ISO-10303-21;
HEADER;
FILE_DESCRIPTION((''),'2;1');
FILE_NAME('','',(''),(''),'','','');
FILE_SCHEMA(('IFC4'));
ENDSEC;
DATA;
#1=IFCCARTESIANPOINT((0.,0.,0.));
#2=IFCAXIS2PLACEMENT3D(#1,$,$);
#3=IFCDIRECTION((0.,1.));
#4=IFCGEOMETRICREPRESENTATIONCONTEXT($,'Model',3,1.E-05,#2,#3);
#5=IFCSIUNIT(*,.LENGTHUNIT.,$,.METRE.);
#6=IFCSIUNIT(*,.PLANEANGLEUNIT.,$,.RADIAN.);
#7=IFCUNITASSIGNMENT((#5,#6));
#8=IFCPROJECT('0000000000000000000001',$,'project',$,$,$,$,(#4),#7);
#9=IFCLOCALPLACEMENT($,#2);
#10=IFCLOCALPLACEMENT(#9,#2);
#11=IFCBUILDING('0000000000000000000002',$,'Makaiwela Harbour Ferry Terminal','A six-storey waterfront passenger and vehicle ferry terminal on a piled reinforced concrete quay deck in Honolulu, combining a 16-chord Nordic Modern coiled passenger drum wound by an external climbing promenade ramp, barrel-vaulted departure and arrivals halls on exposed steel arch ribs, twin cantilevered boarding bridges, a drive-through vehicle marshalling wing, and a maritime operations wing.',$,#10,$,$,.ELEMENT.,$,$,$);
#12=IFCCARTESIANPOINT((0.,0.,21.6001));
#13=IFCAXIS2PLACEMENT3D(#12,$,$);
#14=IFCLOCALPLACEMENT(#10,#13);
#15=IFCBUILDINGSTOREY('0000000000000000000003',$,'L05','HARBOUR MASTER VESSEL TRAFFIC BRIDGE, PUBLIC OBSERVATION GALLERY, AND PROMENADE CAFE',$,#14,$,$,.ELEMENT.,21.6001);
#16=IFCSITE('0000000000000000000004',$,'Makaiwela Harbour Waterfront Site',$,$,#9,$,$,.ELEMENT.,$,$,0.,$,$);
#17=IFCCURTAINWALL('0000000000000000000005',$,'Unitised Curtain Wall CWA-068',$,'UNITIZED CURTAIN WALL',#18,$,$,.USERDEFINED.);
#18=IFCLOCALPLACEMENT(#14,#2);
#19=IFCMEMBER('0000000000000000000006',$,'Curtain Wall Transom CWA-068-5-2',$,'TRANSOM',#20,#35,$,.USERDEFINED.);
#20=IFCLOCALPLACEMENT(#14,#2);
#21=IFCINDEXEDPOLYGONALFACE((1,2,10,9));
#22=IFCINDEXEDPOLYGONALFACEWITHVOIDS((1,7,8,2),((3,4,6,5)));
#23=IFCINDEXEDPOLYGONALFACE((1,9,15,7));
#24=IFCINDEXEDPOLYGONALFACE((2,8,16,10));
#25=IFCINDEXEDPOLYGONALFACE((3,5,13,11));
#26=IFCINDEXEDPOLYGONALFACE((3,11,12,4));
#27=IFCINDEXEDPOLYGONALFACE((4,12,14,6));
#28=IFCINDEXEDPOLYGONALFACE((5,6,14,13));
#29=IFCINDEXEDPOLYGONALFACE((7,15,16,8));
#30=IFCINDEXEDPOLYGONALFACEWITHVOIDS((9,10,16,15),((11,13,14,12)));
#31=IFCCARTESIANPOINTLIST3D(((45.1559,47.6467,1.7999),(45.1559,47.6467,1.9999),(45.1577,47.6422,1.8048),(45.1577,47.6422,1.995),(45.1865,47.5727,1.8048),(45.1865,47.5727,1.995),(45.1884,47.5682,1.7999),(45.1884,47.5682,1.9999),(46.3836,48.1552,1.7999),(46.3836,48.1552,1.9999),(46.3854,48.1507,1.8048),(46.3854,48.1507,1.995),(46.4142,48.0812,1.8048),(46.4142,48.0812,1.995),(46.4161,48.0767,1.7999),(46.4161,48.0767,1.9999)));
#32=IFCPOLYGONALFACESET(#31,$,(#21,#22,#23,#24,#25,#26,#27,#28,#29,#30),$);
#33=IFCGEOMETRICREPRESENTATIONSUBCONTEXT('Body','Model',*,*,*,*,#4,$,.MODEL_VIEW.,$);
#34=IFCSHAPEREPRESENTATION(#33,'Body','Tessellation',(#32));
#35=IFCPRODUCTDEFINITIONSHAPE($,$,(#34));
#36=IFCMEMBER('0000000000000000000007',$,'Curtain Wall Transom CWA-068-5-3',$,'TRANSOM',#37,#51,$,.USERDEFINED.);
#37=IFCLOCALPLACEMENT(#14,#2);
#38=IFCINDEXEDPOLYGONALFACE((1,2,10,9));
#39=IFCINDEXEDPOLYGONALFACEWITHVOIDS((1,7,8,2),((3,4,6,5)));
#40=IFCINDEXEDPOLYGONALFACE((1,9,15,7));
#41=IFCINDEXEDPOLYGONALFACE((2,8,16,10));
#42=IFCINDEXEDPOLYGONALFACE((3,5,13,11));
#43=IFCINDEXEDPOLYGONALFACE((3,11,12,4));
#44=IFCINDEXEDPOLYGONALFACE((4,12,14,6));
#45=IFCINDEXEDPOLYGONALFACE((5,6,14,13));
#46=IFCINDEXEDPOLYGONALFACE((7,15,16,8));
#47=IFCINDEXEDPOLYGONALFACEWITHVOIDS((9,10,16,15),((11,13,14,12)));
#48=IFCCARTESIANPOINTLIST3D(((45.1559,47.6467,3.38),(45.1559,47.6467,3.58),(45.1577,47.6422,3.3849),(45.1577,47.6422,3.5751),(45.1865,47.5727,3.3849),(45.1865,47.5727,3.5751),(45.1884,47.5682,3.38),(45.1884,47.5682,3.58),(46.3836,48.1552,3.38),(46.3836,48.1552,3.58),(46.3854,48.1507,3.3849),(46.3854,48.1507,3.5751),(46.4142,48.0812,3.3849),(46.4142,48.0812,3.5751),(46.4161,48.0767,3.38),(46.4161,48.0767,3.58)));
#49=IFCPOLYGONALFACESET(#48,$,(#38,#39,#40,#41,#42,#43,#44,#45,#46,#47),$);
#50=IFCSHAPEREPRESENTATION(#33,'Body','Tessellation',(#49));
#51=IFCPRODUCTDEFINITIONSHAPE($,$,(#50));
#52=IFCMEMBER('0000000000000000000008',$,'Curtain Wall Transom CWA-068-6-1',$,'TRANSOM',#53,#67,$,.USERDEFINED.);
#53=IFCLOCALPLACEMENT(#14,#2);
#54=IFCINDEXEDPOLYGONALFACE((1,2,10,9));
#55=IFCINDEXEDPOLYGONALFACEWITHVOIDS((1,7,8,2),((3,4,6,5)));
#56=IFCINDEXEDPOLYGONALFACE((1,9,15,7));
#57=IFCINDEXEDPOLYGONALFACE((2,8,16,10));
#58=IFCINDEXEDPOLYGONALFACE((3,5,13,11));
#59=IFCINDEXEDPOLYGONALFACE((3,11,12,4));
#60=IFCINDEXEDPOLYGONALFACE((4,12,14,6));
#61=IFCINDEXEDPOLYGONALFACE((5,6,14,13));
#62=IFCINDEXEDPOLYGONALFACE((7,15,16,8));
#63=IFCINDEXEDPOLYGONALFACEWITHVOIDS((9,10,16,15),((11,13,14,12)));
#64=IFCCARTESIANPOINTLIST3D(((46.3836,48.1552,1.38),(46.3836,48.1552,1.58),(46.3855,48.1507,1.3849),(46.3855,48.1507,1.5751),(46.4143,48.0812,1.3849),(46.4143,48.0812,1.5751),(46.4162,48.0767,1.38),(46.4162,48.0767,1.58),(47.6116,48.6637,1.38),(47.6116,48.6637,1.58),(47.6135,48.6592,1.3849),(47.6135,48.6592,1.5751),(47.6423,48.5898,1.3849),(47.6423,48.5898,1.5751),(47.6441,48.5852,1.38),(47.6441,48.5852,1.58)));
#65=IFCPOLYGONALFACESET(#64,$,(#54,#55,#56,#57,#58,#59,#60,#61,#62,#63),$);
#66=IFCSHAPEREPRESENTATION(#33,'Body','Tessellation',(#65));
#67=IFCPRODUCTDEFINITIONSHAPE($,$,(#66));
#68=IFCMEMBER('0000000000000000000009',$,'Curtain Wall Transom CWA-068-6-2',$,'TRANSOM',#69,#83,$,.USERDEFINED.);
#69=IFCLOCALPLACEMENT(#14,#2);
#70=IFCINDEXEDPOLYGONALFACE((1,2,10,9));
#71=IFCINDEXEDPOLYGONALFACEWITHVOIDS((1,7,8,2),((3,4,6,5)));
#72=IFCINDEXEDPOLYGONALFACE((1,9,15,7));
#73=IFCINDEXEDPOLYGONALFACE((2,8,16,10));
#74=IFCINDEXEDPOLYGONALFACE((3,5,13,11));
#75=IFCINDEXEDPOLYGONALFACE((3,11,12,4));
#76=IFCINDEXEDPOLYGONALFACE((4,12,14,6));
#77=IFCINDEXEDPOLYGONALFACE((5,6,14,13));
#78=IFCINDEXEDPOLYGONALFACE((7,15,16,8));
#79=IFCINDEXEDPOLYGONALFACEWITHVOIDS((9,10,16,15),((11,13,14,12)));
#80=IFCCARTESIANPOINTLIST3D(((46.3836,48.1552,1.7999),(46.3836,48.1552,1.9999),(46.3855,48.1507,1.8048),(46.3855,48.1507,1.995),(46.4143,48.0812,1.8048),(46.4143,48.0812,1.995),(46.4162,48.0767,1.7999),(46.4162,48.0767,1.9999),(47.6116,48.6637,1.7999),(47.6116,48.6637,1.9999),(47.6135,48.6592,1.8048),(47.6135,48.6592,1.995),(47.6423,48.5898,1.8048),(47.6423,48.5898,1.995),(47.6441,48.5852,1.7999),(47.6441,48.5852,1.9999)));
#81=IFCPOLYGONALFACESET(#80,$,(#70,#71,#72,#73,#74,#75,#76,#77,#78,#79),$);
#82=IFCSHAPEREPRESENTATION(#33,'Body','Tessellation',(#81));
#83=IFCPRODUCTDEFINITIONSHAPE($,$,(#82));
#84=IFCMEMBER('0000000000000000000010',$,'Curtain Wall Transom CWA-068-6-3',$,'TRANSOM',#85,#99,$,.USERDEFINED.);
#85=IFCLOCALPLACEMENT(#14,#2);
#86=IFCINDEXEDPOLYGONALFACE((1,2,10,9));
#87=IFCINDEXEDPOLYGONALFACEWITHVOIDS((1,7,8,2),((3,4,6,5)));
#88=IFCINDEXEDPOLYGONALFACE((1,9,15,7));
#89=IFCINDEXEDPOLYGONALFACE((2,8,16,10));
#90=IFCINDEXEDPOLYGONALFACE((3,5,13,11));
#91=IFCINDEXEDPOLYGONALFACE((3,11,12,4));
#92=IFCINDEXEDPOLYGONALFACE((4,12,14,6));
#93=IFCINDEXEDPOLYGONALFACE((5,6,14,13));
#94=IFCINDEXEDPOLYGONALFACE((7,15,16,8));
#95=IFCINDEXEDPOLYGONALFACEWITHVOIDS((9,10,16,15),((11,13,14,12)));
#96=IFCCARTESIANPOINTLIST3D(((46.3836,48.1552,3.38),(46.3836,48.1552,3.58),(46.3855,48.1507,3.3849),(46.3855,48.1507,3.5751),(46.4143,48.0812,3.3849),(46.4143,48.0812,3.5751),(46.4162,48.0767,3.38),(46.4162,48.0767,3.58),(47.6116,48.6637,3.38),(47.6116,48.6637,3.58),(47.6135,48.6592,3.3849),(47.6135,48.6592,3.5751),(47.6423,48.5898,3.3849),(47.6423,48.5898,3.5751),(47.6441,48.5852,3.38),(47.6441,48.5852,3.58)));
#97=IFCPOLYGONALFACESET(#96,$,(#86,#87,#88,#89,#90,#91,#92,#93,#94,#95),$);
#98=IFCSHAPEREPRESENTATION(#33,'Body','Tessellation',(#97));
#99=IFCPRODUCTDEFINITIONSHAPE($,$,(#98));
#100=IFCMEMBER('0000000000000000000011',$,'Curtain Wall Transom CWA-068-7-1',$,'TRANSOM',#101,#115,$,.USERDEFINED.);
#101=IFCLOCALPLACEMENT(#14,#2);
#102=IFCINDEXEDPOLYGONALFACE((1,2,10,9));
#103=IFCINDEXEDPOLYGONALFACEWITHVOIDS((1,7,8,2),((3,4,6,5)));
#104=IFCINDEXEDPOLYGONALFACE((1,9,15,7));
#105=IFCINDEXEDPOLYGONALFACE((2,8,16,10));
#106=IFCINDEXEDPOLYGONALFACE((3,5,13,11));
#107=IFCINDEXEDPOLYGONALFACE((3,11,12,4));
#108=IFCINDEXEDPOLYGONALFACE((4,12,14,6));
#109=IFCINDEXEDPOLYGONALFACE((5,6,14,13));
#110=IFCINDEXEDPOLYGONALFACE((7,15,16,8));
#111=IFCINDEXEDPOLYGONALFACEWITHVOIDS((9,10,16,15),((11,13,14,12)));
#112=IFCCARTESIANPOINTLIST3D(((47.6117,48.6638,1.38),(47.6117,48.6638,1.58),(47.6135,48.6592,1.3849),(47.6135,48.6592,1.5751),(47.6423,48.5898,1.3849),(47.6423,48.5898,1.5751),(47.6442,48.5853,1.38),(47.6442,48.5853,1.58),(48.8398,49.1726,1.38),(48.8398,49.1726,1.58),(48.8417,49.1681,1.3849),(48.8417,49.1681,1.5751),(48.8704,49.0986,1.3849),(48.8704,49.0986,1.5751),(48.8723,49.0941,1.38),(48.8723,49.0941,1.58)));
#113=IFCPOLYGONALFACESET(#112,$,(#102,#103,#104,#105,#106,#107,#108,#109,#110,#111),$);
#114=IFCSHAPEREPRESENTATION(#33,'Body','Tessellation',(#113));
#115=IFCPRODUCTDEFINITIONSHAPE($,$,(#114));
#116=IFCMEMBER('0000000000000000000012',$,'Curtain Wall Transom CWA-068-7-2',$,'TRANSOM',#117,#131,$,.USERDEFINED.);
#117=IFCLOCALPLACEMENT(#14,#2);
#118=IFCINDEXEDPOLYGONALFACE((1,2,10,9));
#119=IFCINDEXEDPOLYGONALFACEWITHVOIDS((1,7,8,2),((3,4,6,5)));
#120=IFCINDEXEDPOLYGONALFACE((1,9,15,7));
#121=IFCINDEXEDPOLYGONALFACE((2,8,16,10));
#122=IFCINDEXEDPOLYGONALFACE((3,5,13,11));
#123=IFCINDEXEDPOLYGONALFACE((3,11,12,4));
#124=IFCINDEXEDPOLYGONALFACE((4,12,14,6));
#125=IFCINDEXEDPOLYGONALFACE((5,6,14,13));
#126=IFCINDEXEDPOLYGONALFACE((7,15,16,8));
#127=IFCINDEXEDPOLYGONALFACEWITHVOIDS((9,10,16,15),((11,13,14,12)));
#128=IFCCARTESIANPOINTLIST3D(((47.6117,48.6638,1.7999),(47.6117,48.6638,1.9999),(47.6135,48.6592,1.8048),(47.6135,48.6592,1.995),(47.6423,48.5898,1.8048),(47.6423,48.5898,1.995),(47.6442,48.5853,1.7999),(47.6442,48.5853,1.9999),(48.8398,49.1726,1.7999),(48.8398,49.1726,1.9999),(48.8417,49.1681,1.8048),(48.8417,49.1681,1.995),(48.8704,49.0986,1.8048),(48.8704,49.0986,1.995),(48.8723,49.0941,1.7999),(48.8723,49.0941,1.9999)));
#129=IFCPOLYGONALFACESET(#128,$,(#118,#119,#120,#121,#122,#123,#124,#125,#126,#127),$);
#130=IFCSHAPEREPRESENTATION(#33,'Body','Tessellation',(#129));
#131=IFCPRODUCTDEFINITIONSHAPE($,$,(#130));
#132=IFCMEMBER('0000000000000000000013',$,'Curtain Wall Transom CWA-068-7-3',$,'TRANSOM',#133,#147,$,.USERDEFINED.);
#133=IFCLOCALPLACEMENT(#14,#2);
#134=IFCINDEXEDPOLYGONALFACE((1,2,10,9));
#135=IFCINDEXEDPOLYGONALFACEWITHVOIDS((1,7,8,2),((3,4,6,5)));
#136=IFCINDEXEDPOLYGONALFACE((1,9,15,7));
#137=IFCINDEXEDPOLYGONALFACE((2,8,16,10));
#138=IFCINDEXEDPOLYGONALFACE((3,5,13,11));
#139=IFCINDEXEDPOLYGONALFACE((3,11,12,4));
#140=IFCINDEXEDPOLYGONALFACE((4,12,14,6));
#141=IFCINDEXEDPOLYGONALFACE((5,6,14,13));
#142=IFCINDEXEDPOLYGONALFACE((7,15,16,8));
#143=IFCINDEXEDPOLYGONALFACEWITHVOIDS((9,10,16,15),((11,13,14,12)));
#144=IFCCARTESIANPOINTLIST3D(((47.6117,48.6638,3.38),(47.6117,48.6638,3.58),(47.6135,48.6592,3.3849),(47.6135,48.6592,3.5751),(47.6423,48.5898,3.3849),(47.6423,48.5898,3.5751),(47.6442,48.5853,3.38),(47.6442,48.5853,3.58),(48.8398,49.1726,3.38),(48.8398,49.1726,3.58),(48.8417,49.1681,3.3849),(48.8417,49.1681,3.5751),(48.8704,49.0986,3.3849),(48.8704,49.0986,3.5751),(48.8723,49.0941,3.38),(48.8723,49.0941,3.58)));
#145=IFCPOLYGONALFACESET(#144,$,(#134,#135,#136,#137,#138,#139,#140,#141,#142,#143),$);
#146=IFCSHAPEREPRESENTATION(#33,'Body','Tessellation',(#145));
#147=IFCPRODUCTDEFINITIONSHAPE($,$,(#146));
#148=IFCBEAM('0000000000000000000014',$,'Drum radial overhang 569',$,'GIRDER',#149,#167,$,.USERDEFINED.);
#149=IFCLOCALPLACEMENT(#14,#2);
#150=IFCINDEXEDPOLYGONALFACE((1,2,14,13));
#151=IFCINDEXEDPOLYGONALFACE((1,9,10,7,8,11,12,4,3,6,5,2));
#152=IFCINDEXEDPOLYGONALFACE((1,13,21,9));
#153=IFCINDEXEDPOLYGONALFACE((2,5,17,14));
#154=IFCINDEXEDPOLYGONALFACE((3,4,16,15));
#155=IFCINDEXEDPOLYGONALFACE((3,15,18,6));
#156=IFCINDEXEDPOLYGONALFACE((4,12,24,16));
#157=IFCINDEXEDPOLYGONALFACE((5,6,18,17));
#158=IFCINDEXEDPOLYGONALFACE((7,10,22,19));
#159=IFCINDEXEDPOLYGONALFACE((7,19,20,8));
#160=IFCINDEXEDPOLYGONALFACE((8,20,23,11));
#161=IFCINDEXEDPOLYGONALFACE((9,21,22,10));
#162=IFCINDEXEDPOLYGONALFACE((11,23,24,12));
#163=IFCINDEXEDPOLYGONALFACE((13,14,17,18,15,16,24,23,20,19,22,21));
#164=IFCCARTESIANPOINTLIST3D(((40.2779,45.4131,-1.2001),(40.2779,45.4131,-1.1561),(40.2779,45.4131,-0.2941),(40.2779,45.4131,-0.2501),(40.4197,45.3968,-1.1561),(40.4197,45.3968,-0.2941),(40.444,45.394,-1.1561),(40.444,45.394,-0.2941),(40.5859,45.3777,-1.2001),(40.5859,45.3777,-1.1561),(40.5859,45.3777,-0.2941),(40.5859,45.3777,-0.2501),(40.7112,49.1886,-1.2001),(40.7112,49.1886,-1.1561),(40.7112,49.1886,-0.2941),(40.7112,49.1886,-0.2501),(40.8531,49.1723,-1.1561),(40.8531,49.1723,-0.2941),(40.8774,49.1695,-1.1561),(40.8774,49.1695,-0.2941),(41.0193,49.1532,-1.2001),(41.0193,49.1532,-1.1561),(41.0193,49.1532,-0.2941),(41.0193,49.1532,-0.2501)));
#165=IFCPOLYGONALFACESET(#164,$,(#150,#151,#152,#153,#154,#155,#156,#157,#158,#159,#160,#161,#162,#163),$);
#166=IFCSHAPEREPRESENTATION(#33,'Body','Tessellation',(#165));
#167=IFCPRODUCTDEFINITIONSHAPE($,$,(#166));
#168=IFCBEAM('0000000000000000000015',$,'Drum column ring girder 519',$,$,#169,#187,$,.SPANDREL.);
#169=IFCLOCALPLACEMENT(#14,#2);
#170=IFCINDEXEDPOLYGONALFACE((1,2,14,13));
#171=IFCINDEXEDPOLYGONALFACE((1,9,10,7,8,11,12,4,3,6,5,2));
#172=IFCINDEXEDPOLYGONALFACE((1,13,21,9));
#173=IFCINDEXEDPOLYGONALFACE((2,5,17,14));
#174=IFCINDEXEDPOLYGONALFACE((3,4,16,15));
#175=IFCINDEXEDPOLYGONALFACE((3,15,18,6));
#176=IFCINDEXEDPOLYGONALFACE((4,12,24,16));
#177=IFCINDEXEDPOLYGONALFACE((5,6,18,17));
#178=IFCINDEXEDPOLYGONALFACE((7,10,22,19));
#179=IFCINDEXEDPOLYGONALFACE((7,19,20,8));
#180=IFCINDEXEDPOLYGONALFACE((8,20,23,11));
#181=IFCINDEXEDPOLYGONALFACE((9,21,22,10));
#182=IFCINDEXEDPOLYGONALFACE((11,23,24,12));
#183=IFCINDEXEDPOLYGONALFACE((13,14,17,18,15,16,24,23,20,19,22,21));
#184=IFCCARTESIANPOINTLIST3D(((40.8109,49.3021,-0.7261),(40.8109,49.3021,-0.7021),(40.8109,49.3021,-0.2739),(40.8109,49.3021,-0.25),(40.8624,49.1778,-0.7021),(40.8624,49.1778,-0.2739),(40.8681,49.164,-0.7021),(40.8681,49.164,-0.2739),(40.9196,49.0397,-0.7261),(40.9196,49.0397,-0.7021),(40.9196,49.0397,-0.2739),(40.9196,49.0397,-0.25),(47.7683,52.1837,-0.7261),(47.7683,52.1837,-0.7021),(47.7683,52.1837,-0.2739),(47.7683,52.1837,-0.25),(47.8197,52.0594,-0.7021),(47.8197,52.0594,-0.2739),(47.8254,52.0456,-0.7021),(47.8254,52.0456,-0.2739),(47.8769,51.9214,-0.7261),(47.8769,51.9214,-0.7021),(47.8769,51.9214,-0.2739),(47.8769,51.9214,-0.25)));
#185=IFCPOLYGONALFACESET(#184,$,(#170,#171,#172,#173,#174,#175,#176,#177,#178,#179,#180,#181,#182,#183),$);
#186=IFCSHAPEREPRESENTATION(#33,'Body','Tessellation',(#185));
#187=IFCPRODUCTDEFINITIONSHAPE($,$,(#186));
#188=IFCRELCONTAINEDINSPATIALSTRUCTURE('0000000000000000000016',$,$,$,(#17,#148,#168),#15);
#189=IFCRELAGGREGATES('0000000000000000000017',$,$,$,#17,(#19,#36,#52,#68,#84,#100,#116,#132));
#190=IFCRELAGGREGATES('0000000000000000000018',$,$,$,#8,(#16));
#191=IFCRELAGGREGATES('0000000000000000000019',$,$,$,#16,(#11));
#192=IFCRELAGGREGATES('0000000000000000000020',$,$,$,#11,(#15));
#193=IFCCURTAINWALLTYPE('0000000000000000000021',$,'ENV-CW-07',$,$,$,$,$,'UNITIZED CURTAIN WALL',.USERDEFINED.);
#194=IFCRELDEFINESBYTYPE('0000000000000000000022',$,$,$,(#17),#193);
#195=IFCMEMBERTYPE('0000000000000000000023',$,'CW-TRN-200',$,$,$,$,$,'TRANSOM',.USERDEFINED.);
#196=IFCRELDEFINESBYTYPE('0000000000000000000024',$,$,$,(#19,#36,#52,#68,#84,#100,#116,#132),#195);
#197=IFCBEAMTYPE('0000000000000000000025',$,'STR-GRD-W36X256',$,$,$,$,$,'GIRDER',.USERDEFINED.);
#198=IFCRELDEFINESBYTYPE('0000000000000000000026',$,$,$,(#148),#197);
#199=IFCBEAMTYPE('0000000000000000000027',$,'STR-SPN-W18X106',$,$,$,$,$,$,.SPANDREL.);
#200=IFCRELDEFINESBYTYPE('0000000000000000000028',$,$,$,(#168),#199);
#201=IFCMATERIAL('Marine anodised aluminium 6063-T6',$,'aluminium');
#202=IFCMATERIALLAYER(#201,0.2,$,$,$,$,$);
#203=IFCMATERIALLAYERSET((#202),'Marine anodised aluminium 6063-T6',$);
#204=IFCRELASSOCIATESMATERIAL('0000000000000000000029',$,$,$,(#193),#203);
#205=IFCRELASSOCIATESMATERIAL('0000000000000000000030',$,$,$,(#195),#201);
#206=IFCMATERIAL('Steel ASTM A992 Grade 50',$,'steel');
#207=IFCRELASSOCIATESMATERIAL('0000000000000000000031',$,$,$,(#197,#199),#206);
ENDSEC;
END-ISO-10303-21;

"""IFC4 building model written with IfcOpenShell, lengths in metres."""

from ifc_helpers import new_model, si_unit, direction, frame, origin, origin_2d, place, context, subcontext, project, spatial, hollow_rectangle, i_section, extrude, material, layer, layer_set, material_profile, profile_set, type_object, element, aggregate, save


model = new_model("IFC4")

# Units and contexts
model_context = context("Model", 3, precision=1e-05, world=origin(), true_north=direction((0.0, 1.0)))
body_context = subcontext(model_context, "Body", "Model", "MODEL_VIEW")
ifc_project = project(units=[si_unit("LENGTHUNIT", "METRE"), si_unit("PLANEANGLEUNIT", "RADIAN")], contexts=[model_context])

# Site, building, storey
site_placement = place(None, origin())
site = spatial("IfcSite", under=ifc_project, at=site_placement, Name="Makaiwela Harbour Waterfront Site", CompositionType="ELEMENT", RefElevation=0.0)
building_placement = place(site_placement, origin())
building = spatial("IfcBuilding", under=site, at=building_placement, Name="Makaiwela Harbour Ferry Terminal", Description="A six-storey waterfront passenger and vehicle ferry terminal on a piled reinforced concrete quay deck in Honolulu, combining a 16-chord Nordic Modern coiled passenger drum wound by an external climbing promenade ramp, barrel-vaulted departure and arrivals halls on exposed steel arch ribs, twin cantilevered boarding bridges, a drive-through vehicle marshalling wing, and a maritime operations wing.", CompositionType="ELEMENT")
storey_placement = place(building_placement, frame((0.0, 0.0, 21.6001)))
storey = spatial("IfcBuildingStorey", under=building, at=storey_placement, Name="L05", Description="HARBOUR MASTER VESSEL TRAFFIC BRIDGE, PUBLIC OBSERVATION GALLERY, AND PROMENADE CAFE", CompositionType="ELEMENT", Elevation=21.6001)

# Shared definitions
ifc_material_1 = material(Name="Steel ASTM A992 Grade 50", Category="steel")

# Curtain wall, members
ifc_material_2 = material(Name="Marine anodised aluminium 6063-T6", Category="aluminium")
ifc_layer_1 = layer(ifc_material_2, 0.2)
ifc_layer_set_1 = layer_set([ifc_layer_1], Name="Marine anodised aluminium 6063-T6")
curtain_wall_type = type_object("IfcCurtainWallType", Name="ENV-CW-07", ElementType="UNITIZED CURTAIN WALL", PredefinedType="USERDEFINED", material=ifc_layer_set_1)
curtain_wall_placement = place(storey_placement, origin())
curtain_wall = element("IfcCurtainWall", 1, at=curtain_wall_placement, inside=storey, type_object=curtain_wall_type, Name="Unitised Curtain Wall CWA-068", ObjectType="UNITIZED CURTAIN WALL", PredefinedType="USERDEFINED")
ifc_material_profile_1 = material_profile(ifc_material_2, hollow_rectangle(XDim=0.085, YDim=0.2, WallThickness=0.0049, at=origin_2d()), Name="CWT-200X85")
ifc_profile_set_1 = profile_set([ifc_material_profile_1], Name="Marine anodised aluminium 6063-T6")
member_type_1 = type_object("IfcMemberType", Name="CW-TRN-200", ElementType="TRANSOM", PredefinedType="USERDEFINED", material=ifc_profile_set_1)
member_1_placement = place(storey_placement, frame((45.1721, 47.6074, 1.8999), z_axis=(0.923885, 0.382671, 0.0), x_axis=(-0.382671, 0.923885, 0.0)))
member_1 = element("IfcMember", 2, at=member_1_placement, type_object=member_type_1, Name="Curtain Wall Transom CWA-068-5-2", ObjectType="TRANSOM", PredefinedType="USERDEFINED", context=body_context, shape_type="SweptSolid", body=[
    extrude(hollow_rectangle(XDim=0.085, YDim=0.2, WallThickness=0.0049, at=origin_2d()), origin(), (0.0, 0.0, 1.0), 1.3289),
])
member_2_placement = place(storey_placement, frame((45.1721, 47.6074, 3.48), z_axis=(0.923885, 0.382671, 0.0), x_axis=(-0.382671, 0.923885, 0.0)))
member_2 = element("IfcMember", 3, at=member_2_placement, type_object=member_type_1, Name="Curtain Wall Transom CWA-068-5-3", ObjectType="TRANSOM", PredefinedType="USERDEFINED", context=body_context, shape_type="SweptSolid", body=[
    extrude(hollow_rectangle(XDim=0.085, YDim=0.2, WallThickness=0.0049, at=origin_2d()), origin(), (0.0, 0.0, 1.0), 1.3289),
])
member_3_placement = place(storey_placement, frame((46.3999, 48.116, 1.48), z_axis=(0.923912, 0.382606, 0.0), x_axis=(-0.382606, 0.923912, 0.0)))
member_3 = element("IfcMember", 4, at=member_3_placement, type_object=member_type_1, Name="Curtain Wall Transom CWA-068-6-1", ObjectType="TRANSOM", PredefinedType="USERDEFINED", context=body_context, shape_type="SweptSolid", body=[
    extrude(hollow_rectangle(XDim=0.085, YDim=0.2, WallThickness=0.0049, at=origin_2d()), origin(), (0.0, 0.0, 1.0), 1.3291),
])
member_4_placement = place(storey_placement, frame((46.3999, 48.116, 1.8999), z_axis=(0.923912, 0.382606, 0.0), x_axis=(-0.382606, 0.923912, 0.0)))
member_4 = element("IfcMember", 5, at=member_4_placement, type_object=member_type_1, Name="Curtain Wall Transom CWA-068-6-2", ObjectType="TRANSOM", PredefinedType="USERDEFINED", context=body_context, shape_type="SweptSolid", body=[
    extrude(hollow_rectangle(XDim=0.085, YDim=0.2, WallThickness=0.0049, at=origin_2d()), origin(), (0.0, 0.0, 1.0), 1.3291),
])
member_5_placement = place(storey_placement, frame((46.3999, 48.116, 3.48), z_axis=(0.923912, 0.382606, 0.0), x_axis=(-0.382606, 0.923912, 0.0)))
member_5 = element("IfcMember", 6, at=member_5_placement, type_object=member_type_1, Name="Curtain Wall Transom CWA-068-6-3", ObjectType="TRANSOM", PredefinedType="USERDEFINED", context=body_context, shape_type="SweptSolid", body=[
    extrude(hollow_rectangle(XDim=0.085, YDim=0.2, WallThickness=0.0049, at=origin_2d()), origin(), (0.0, 0.0, 1.0), 1.3291),
])
member_6_placement = place(storey_placement, frame((47.6279, 48.6245, 1.48), z_axis=(0.923847, 0.382763, 0.0), x_axis=(-0.382763, 0.923847, 0.0)))
member_6 = element("IfcMember", 7, at=member_6_placement, type_object=member_type_1, Name="Curtain Wall Transom CWA-068-7-1", ObjectType="TRANSOM", PredefinedType="USERDEFINED", context=body_context, shape_type="SweptSolid", body=[
    extrude(hollow_rectangle(XDim=0.085, YDim=0.2, WallThickness=0.0049, at=origin_2d()), origin(), (0.0, 0.0, 1.0), 1.3293),
])
member_7_placement = place(storey_placement, frame((47.6279, 48.6245, 1.8999), z_axis=(0.923847, 0.382763, 0.0), x_axis=(-0.382763, 0.923847, 0.0)))
member_7 = element("IfcMember", 8, at=member_7_placement, type_object=member_type_1, Name="Curtain Wall Transom CWA-068-7-2", ObjectType="TRANSOM", PredefinedType="USERDEFINED", context=body_context, shape_type="SweptSolid", body=[
    extrude(hollow_rectangle(XDim=0.085, YDim=0.2, WallThickness=0.0049, at=origin_2d()), origin(), (0.0, 0.0, 1.0), 1.3293),
])
member_8_placement = place(storey_placement, frame((47.6279, 48.6245, 3.48), z_axis=(0.923847, 0.382763, 0.0), x_axis=(-0.382763, 0.923847, 0.0)))
member_8 = element("IfcMember", 9, at=member_8_placement, type_object=member_type_1, Name="Curtain Wall Transom CWA-068-7-3", ObjectType="TRANSOM", PredefinedType="USERDEFINED", context=body_context, shape_type="SweptSolid", body=[
    extrude(hollow_rectangle(XDim=0.085, YDim=0.2, WallThickness=0.0049, at=origin_2d()), origin(), (0.0, 0.0, 1.0), 1.3293),
])

# Beams
ifc_material_profile_2 = material_profile(ifc_material_1, i_section(OverallWidth=0.3101, OverallDepth=0.95, WebThickness=0.0244, FlangeThickness=0.0439, at=origin_2d()), Name="W36X256")
ifc_profile_set_2 = profile_set([ifc_material_profile_2], Name="Steel ASTM A992 Grade 50")
beam_type_1 = type_object("IfcBeamType", Name="STR-GRD-W36X256", ElementType="GIRDER", PredefinedType="USERDEFINED", material=ifc_profile_set_2)
beam_1_placement = place(storey_placement, frame((40.8652, 49.1709, -0.7251), z_axis=(-0.114034, -0.993477, 0.0), x_axis=(0.993477, -0.114034, 0.0)))
element("IfcBeam", 10, at=beam_1_placement, inside=storey, type_object=beam_type_1, Name="Drum radial overhang 569", ObjectType="GIRDER", PredefinedType="USERDEFINED", context=body_context, shape_type="SweptSolid", body=[
    extrude(i_section(OverallWidth=0.3101, OverallDepth=0.95, WebThickness=0.0244, FlangeThickness=0.0439, at=origin_2d()), origin(), (0.0, 0.0, 1.0), 3.8003),
])
ifc_material_profile_3 = material_profile(ifc_material_1, i_section(OverallWidth=0.2839, OverallDepth=0.4761, WebThickness=0.0149, FlangeThickness=0.0239, at=origin_2d()), Name="W18X106")
ifc_profile_set_3 = profile_set([ifc_material_profile_3], Name="Steel ASTM A992 Grade 50")
beam_type_2 = type_object("IfcBeamType", Name="STR-SPN-W18X106", PredefinedType="SPANDREL", material=ifc_profile_set_3)
beam_2_placement = place(storey_placement, frame((40.8652, 49.1709, -0.488), z_axis=(0.923889, 0.38266, 0.0), x_axis=(-0.38266, 0.923889, 0.0)))
element("IfcBeam", 11, at=beam_2_placement, inside=storey, type_object=beam_type_2, Name="Drum column ring girder 519", PredefinedType="SPANDREL", context=body_context, shape_type="SweptSolid", body=[
    extrude(i_section(OverallWidth=0.2839, OverallDepth=0.4761, WebThickness=0.0149, FlangeThickness=0.0239, at=origin_2d()), origin(), (0.0, 0.0, 1.0), 7.5305),
])

aggregate(curtain_wall, [member_1, member_2, member_3, member_4, member_5, member_6, member_7, member_8])

save(model, "model.ifc")
